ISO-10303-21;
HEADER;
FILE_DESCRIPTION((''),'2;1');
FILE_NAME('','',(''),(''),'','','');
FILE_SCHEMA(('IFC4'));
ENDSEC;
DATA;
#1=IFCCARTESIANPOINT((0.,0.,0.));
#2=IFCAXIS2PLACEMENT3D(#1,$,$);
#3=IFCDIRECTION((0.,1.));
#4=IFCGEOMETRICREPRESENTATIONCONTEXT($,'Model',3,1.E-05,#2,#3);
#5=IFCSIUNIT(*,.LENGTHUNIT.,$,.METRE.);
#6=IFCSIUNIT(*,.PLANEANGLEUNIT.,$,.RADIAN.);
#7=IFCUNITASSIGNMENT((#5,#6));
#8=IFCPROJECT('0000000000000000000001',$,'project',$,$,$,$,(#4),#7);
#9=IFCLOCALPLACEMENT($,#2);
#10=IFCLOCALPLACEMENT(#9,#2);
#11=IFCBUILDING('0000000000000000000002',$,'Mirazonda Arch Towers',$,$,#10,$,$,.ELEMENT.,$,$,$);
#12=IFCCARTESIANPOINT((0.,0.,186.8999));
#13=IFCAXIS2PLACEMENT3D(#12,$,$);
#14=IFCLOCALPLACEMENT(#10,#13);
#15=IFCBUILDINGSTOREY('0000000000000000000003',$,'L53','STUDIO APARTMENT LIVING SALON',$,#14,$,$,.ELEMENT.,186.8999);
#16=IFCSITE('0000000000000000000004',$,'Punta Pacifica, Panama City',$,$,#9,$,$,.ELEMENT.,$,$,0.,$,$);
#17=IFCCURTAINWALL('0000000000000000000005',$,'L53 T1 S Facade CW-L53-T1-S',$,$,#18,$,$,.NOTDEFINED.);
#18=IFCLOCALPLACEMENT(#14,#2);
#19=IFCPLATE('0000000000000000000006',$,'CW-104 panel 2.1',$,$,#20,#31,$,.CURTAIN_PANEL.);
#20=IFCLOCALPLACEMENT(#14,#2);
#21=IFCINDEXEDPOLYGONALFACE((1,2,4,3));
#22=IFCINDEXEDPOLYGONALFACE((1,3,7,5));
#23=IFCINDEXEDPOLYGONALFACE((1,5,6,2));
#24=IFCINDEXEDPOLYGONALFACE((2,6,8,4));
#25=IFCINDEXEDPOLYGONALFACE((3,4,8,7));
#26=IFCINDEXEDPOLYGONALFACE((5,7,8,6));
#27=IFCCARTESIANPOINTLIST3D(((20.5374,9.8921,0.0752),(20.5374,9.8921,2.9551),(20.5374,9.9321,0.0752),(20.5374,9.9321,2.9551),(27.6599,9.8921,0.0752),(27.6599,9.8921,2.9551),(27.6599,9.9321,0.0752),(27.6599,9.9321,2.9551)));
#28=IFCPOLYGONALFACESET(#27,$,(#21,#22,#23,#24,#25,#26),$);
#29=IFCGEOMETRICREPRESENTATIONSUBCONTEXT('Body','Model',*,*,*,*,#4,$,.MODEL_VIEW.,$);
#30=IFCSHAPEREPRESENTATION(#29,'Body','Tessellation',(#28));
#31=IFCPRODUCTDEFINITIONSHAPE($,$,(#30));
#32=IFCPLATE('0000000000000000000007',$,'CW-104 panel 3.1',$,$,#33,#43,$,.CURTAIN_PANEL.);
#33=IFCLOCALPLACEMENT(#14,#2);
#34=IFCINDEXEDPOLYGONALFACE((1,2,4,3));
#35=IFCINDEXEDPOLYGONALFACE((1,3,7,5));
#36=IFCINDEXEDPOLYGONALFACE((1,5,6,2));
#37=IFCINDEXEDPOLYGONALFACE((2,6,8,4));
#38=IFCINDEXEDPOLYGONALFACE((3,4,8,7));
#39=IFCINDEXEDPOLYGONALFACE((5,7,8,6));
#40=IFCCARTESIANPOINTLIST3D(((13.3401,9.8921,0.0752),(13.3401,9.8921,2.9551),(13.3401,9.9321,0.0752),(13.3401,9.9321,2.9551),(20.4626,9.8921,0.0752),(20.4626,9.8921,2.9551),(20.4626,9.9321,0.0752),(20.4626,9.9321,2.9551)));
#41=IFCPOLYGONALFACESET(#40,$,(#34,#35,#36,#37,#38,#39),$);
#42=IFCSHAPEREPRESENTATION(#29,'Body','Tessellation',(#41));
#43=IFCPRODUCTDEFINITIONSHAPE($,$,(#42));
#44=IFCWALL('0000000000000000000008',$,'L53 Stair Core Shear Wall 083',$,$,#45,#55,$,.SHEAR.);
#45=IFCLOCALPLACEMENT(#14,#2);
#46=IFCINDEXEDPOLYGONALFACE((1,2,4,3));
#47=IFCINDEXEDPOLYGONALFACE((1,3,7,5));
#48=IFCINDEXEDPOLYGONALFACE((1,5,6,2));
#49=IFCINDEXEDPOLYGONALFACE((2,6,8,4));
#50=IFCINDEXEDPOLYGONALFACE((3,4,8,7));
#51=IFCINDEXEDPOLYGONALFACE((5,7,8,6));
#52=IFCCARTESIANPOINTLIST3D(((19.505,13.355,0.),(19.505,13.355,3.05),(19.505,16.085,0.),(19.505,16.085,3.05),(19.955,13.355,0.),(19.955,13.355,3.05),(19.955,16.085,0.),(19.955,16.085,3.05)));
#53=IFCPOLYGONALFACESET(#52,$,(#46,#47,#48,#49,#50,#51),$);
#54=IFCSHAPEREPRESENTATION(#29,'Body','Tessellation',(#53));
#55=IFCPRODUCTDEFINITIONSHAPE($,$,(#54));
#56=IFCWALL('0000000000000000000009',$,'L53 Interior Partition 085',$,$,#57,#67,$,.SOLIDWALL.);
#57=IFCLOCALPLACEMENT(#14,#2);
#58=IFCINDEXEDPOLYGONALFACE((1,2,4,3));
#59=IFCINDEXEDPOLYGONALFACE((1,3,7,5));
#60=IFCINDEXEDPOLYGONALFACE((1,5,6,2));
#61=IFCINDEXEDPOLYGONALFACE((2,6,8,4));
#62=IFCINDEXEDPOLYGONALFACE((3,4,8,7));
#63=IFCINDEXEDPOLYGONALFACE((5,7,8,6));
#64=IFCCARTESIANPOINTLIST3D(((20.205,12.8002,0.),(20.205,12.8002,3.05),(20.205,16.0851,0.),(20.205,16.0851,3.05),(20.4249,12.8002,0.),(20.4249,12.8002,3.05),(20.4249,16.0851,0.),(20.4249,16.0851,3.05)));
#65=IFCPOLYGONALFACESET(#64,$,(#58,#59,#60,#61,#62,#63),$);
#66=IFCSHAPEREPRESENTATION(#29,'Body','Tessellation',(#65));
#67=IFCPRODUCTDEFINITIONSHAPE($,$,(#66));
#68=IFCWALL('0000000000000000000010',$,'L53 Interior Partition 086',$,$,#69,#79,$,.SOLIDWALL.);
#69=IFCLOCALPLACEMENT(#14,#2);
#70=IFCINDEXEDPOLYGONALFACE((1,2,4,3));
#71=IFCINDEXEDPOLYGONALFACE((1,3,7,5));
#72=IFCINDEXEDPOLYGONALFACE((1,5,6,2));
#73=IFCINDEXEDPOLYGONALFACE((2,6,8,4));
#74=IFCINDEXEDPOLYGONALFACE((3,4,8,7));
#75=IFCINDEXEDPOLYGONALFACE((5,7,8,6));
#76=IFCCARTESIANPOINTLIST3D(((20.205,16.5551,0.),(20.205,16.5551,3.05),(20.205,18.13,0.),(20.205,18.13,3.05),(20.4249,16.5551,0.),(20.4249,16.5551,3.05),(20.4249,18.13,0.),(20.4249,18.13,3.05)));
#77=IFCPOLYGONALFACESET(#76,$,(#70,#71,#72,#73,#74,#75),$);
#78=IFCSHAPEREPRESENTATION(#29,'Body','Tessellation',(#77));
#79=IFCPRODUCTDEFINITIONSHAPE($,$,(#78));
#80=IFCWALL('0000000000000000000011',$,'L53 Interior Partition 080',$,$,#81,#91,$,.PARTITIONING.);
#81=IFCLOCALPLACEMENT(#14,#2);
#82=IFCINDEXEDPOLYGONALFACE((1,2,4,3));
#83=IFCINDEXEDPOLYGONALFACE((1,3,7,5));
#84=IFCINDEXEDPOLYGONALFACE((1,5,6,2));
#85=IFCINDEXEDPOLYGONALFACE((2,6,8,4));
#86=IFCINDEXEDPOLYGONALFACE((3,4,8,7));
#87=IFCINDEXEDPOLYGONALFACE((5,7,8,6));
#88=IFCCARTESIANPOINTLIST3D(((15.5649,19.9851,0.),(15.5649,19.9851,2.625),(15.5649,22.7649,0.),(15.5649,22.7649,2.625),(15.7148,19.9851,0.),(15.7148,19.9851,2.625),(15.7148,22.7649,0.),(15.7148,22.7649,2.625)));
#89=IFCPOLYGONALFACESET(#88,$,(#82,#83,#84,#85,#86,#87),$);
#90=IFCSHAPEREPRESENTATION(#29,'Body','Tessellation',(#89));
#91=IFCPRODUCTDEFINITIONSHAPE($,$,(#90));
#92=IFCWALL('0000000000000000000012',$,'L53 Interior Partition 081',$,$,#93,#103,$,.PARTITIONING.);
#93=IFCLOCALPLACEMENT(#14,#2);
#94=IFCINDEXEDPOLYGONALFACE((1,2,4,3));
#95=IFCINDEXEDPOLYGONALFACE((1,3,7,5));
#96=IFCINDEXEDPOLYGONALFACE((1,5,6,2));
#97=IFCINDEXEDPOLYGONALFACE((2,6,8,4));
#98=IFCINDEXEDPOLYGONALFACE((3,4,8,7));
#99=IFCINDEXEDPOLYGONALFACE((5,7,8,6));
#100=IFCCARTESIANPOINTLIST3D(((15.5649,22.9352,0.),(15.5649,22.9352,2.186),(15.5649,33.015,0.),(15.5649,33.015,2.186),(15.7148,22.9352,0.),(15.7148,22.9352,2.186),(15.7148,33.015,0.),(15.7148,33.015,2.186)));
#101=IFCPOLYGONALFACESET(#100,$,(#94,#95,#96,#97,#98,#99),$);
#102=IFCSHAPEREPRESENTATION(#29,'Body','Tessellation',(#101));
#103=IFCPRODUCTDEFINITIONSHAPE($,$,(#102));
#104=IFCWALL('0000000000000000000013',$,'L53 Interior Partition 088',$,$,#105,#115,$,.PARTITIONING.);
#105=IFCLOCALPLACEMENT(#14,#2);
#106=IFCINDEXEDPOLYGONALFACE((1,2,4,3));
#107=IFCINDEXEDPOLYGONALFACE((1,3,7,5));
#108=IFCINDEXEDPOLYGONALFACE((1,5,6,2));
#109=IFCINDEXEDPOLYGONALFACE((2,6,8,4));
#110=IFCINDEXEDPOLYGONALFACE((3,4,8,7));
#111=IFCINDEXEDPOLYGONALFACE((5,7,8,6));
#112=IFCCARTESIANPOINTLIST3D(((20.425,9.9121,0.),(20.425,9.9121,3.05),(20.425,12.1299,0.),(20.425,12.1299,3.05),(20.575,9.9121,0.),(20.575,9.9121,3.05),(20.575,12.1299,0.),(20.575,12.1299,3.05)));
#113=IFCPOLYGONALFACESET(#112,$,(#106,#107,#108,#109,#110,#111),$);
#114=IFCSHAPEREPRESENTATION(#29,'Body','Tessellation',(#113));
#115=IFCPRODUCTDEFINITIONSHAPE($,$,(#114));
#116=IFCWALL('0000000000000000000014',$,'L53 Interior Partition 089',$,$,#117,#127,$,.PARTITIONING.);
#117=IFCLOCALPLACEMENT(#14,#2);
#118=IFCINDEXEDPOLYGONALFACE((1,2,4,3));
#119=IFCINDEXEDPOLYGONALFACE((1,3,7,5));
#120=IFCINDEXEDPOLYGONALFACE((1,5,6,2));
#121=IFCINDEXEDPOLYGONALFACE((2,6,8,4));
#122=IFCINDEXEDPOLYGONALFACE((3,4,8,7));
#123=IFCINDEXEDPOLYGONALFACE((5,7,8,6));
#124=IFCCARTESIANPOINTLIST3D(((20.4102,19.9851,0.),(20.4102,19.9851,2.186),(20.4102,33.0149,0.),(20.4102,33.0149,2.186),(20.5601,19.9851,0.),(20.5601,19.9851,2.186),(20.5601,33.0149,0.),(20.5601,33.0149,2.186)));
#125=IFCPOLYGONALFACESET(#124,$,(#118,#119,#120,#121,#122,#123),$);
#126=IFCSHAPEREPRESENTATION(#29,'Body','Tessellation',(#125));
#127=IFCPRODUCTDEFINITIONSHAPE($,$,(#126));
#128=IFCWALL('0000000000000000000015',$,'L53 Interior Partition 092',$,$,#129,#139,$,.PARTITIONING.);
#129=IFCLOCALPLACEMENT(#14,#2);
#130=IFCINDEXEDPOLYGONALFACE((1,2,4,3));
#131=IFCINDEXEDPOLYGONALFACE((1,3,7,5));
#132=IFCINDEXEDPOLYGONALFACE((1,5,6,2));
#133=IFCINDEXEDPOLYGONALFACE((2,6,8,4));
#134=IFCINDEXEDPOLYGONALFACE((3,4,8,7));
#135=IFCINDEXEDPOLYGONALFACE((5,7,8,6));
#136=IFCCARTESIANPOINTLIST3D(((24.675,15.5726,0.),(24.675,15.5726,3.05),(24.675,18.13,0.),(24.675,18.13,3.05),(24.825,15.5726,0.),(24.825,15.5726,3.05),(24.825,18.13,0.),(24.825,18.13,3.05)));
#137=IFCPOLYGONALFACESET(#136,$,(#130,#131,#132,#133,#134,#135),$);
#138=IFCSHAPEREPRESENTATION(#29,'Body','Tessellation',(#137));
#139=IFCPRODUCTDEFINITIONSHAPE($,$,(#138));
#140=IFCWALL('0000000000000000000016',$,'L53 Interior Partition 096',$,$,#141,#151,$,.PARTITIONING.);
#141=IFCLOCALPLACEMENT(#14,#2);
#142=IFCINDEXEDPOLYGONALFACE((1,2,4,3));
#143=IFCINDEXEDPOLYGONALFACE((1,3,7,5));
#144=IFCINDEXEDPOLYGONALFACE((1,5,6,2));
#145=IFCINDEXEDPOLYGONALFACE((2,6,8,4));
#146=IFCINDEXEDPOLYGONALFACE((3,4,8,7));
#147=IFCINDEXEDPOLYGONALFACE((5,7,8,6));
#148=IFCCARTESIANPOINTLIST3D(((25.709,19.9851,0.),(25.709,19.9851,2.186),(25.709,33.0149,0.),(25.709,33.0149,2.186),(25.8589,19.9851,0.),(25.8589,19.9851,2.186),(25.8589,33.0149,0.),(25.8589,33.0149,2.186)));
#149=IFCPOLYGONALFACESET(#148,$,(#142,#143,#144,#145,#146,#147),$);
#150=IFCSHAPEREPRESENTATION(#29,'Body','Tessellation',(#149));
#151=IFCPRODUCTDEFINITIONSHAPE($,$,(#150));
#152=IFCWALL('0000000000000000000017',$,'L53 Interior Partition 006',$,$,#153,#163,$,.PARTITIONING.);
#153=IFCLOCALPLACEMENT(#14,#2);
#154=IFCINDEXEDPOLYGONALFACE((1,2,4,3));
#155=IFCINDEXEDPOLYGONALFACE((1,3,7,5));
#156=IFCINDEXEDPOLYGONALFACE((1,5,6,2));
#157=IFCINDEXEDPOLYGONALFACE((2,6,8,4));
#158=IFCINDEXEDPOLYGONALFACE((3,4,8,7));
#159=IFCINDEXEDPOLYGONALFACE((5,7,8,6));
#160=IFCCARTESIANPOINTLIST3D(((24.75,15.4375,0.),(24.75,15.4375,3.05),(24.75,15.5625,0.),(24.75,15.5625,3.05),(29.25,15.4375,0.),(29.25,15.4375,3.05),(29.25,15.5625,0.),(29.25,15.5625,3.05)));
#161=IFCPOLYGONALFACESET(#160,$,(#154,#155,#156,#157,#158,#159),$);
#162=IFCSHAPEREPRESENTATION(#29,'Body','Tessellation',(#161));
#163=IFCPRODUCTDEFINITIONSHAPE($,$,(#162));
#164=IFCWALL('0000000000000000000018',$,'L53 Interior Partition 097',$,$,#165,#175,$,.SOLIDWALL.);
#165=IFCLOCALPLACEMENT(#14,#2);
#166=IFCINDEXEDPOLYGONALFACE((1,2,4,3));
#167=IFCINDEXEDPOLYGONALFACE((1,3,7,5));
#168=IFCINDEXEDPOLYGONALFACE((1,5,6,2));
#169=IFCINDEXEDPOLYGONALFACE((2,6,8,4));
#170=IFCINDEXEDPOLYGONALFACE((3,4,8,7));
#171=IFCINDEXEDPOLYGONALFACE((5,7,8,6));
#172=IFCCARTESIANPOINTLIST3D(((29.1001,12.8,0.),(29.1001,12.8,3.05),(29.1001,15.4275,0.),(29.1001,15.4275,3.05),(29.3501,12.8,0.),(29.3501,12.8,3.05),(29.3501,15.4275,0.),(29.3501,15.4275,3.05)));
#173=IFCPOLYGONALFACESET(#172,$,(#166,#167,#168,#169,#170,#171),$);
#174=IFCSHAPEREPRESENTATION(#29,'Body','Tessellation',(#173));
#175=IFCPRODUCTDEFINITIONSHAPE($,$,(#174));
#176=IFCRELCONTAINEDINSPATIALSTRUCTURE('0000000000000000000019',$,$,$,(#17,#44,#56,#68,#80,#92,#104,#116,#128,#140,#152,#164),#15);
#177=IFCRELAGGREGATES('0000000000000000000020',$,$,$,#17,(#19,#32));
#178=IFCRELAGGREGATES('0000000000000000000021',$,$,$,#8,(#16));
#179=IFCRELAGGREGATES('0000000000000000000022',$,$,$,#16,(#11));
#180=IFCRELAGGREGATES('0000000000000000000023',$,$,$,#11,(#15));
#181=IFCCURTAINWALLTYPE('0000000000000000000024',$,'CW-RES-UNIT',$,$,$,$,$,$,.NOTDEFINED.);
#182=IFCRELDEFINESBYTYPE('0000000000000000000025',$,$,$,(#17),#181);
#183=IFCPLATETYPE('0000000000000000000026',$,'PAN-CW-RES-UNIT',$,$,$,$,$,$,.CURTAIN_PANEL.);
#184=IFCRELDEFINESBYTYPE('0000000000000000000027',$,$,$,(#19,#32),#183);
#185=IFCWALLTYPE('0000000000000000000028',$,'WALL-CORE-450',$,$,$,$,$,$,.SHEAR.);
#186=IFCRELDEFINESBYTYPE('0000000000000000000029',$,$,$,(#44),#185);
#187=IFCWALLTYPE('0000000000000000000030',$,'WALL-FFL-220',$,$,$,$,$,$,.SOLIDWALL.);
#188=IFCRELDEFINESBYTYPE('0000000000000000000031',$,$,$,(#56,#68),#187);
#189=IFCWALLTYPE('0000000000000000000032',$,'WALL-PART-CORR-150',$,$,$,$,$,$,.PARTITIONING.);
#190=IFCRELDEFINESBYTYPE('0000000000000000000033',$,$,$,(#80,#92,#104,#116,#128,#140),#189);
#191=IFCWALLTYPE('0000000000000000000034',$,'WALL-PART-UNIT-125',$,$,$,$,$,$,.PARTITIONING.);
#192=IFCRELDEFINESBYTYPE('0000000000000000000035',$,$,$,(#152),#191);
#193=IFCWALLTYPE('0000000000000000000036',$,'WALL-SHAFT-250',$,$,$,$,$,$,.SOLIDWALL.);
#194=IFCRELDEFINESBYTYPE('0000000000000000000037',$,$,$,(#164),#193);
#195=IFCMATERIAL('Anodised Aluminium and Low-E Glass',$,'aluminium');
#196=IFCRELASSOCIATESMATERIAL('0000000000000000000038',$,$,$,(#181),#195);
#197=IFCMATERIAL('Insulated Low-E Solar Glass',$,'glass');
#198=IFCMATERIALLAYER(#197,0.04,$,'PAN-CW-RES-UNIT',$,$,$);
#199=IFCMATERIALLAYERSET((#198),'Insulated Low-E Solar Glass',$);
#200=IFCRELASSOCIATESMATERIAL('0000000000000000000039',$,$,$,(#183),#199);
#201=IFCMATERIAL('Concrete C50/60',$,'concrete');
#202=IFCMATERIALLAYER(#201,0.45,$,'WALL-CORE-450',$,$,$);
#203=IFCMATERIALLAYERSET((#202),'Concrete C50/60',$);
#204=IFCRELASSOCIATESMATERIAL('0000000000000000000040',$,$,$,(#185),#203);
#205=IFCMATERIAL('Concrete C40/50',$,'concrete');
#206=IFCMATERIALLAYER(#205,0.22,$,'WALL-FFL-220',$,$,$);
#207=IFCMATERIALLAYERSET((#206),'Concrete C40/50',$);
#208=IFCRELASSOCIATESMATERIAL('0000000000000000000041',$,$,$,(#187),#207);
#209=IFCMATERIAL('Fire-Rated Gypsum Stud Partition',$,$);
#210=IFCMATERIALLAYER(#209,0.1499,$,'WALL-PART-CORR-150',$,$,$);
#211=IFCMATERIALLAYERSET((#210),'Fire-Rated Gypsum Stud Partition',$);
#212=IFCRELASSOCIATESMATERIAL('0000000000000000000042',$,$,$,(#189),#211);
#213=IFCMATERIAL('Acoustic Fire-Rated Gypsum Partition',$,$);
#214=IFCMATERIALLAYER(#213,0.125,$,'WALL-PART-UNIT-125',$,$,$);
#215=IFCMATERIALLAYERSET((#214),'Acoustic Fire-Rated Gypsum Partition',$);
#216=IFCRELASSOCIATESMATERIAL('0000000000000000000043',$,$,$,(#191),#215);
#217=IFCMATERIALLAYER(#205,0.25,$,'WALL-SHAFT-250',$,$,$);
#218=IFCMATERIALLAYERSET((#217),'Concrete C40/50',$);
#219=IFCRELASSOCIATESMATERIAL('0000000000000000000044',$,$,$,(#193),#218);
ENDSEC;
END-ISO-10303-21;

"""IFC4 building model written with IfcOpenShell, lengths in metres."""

from ifc_helpers import new_model, si_unit, direction, frame, frame_2d, origin, origin_2d, place, context, subcontext, project, spatial, rectangle, extrude, material, layer, layer_set, type_object, element, aggregate, save


model = new_model("IFC4")

# Units and contexts
model_context = context("Model", 3, precision=1e-05, world=origin(), true_north=direction((0.0, 1.0)))
body_context = subcontext(model_context, "Body", "Model", "MODEL_VIEW")
ifc_project = project(units=[si_unit("LENGTHUNIT", "METRE"), si_unit("PLANEANGLEUNIT", "RADIAN")], contexts=[model_context])

# Site, building, storey
site_placement = place(None, origin())
site = spatial("IfcSite", under=ifc_project, at=site_placement, Name="Punta Pacifica, Panama City", CompositionType="ELEMENT", RefElevation=0.0)
building_placement = place(site_placement, origin())
building = spatial("IfcBuilding", under=site, at=building_placement, Name="Mirazonda Arch Towers", CompositionType="ELEMENT")
storey_placement = place(building_placement, frame((0.0, 0.0, 186.8999)))
storey = spatial("IfcBuildingStorey", under=building, at=storey_placement, Name="L53", Description="STUDIO APARTMENT LIVING SALON", CompositionType="ELEMENT", Elevation=186.8999)

# Shared definitions
ifc_material_1 = material(Name="Concrete C50/60", Category="concrete")

# Curtain wall, plates
ifc_material_2 = material(Name="Anodised Aluminium and Low-E Glass", Category="aluminium")
curtain_wall_type = type_object("IfcCurtainWallType", Name="CW-RES-UNIT", PredefinedType="NOTDEFINED", material=ifc_material_2)
curtain_wall_placement = place(storey_placement, origin())
curtain_wall = element("IfcCurtainWall", 1, at=curtain_wall_placement, inside=storey, type_object=curtain_wall_type, Name="L53 T1 S Facade CW-L53-T1-S", PredefinedType="NOTDEFINED")
ifc_material_3 = material(Name="Insulated Low-E Solar Glass", Category="glass")
ifc_layer_1 = layer(ifc_material_3, 0.04, Name="PAN-CW-RES-UNIT")
ifc_layer_set_1 = layer_set([ifc_layer_1], Name="Insulated Low-E Solar Glass")
plate_type = type_object("IfcPlateType", Name="PAN-CW-RES-UNIT", PredefinedType="CURTAIN_PANEL", material=ifc_layer_set_1)
plate_1_placement = place(storey_placement, frame((24.0986, 9.9121, 0.0752), z_axis=(0.0, 0.0, 1.0), x_axis=(-1.0, 0.0, 0.0)))
plate_1 = element("IfcPlate", 2, at=plate_1_placement, type_object=plate_type, Name="CW-104 panel 2.1", PredefinedType="CURTAIN_PANEL", context=body_context, shape_type="SweptSolid", body=[
    extrude(rectangle(XDim=7.1226, YDim=0.04, at=origin_2d()), origin(), (0.0, 0.0, 1.0), 2.8799),
])
plate_2_placement = place(storey_placement, frame((16.9014, 9.9121, 0.0752), z_axis=(0.0, 0.0, 1.0), x_axis=(-1.0, 0.0, 0.0)))
plate_2 = element("IfcPlate", 3, at=plate_2_placement, type_object=plate_type, Name="CW-104 panel 3.1", PredefinedType="CURTAIN_PANEL", context=body_context, shape_type="SweptSolid", body=[
    extrude(rectangle(XDim=7.1226, YDim=0.04, at=origin_2d()), origin(), (0.0, 0.0, 1.0), 2.8799),
])
aggregate(curtain_wall, [plate_1, plate_2])

# Walls
ifc_layer_2 = layer(ifc_material_1, 0.45, Name="WALL-CORE-450")
ifc_layer_set_2 = layer_set([ifc_layer_2], Name="Concrete C50/60")
wall_type_1 = type_object("IfcWallType", Name="WALL-CORE-450", PredefinedType="SHEAR", material=ifc_layer_set_2)
wall_1_placement = place(storey_placement, frame((19.73, 13.355, 0.0), z_axis=(0.0, 0.0, 1.0), x_axis=(0.0, 1.0, 0.0)))
element("IfcWall", 4, at=wall_1_placement, inside=storey, type_object=wall_type_1, Name="L53 Stair Core Shear Wall 083", PredefinedType="SHEAR", context=body_context, shape_type="SweptSolid", body=[
    extrude(rectangle(XDim=2.73, YDim=0.45, at=frame_2d((1.365, 0.0))), origin(), (0.0, 0.0, 1.0), 3.05),
])
ifc_material_4 = material(Name="Concrete C40/50", Category="concrete")
ifc_layer_3 = layer(ifc_material_4, 0.22, Name="WALL-FFL-220")
ifc_layer_set_3 = layer_set([ifc_layer_3], Name="Concrete C40/50")
wall_type_2 = type_object("IfcWallType", Name="WALL-FFL-220", PredefinedType="SOLIDWALL", material=ifc_layer_set_3)
wall_2_placement = place(storey_placement, frame((20.3149, 12.8, 0.0), z_axis=(0.0, 0.0, 1.0), x_axis=(0.0, 1.0, 0.0)))
element("IfcWall", 5, at=wall_2_placement, inside=storey, type_object=wall_type_2, Name="L53 Interior Partition 085", PredefinedType="SOLIDWALL", context=body_context, shape_type="SweptSolid", body=[
    extrude(rectangle(XDim=3.2849, YDim=0.22, at=frame_2d((1.6426, 0.0))), origin(), (0.0, 0.0, 1.0), 3.05),
])
wall_3_placement = place(storey_placement, frame((20.3149, 16.5549, 0.0), z_axis=(0.0, 0.0, 1.0), x_axis=(0.0, 1.0, 0.0)))
element("IfcWall", 6, at=wall_3_placement, inside=storey, type_object=wall_type_2, Name="L53 Interior Partition 086", PredefinedType="SOLIDWALL", context=body_context, shape_type="SweptSolid", body=[
    extrude(rectangle(XDim=1.575, YDim=0.22, at=frame_2d((0.7876, 0.0))), origin(), (0.0, 0.0, 1.0), 3.05),
])
ifc_material_5 = material(Name="Fire-Rated Gypsum Stud Partition")
ifc_layer_4 = layer(ifc_material_5, 0.1499, Name="WALL-PART-CORR-150")
ifc_layer_set_4 = layer_set([ifc_layer_4], Name="Fire-Rated Gypsum Stud Partition")
wall_type_3 = type_object("IfcWallType", Name="WALL-PART-CORR-150", PredefinedType="PARTITIONING", material=ifc_layer_set_4)
wall_4_placement = place(storey_placement, frame((15.6399, 19.9851, 0.0), z_axis=(0.0, 0.0, 1.0), x_axis=(0.0, 1.0, 0.0)))
element("IfcWall", 7, at=wall_4_placement, inside=storey, type_object=wall_type_3, Name="L53 Interior Partition 080", PredefinedType="PARTITIONING", context=body_context, shape_type="SweptSolid", body=[
    extrude(rectangle(XDim=2.7798, YDim=0.1499, at=frame_2d((1.3899, 0.0))), origin(), (0.0, 0.0, 1.0), 2.625),
])
wall_5_placement = place(storey_placement, frame((15.6399, 22.9351, 0.0), z_axis=(0.0, 0.0, 1.0), x_axis=(0.0, 1.0, 0.0)))
element("IfcWall", 8, at=wall_5_placement, inside=storey, type_object=wall_type_3, Name="L53 Interior Partition 081", PredefinedType="PARTITIONING", context=body_context, shape_type="SweptSolid", body=[
    extrude(rectangle(XDim=10.0798, YDim=0.1499, at=frame_2d((5.04, 0.0))), origin(), (0.0, 0.0, 1.0), 2.186),
])
wall_6_placement = place(storey_placement, frame((20.5, 9.9121, 0.0), z_axis=(0.0, 0.0, 1.0), x_axis=(0.0, 1.0, 0.0)))
element("IfcWall", 9, at=wall_6_placement, inside=storey, type_object=wall_type_3, Name="L53 Interior Partition 088", PredefinedType="PARTITIONING", context=body_context, shape_type="SweptSolid", body=[
    extrude(rectangle(XDim=2.2178, YDim=0.1499, at=frame_2d((1.1089, 0.0))), origin(), (0.0, 0.0, 1.0), 3.05),
])
wall_7_placement = place(storey_placement, frame((20.4851, 19.9851, 0.0), z_axis=(0.0, 0.0, 1.0), x_axis=(0.0, 1.0, 0.0)))
element("IfcWall", 10, at=wall_7_placement, inside=storey, type_object=wall_type_3, Name="L53 Interior Partition 089", PredefinedType="PARTITIONING", context=body_context, shape_type="SweptSolid", body=[
    extrude(rectangle(XDim=13.0298, YDim=0.1499, at=frame_2d((6.5149, 0.0))), origin(), (0.0, 0.0, 1.0), 2.186),
])

# Walls
wall_8_placement = place(storey_placement, frame((24.75, 15.5725, 0.0), z_axis=(0.0, 0.0, 1.0), x_axis=(0.0, 1.0, 0.0)))
element("IfcWall", 11, at=wall_8_placement, inside=storey, type_object=wall_type_3, Name="L53 Interior Partition 092", PredefinedType="PARTITIONING", context=body_context, shape_type="SweptSolid", body=[
    extrude(rectangle(XDim=2.5574, YDim=0.1499, at=frame_2d((1.2788, 0.0))), origin(), (0.0, 0.0, 1.0), 3.05),
])
wall_9_placement = place(storey_placement, frame((25.7839, 19.9851, 0.0), z_axis=(0.0, 0.0, 1.0), x_axis=(0.0, 1.0, 0.0)))
element("IfcWall", 12, at=wall_9_placement, inside=storey, type_object=wall_type_3, Name="L53 Interior Partition 096", PredefinedType="PARTITIONING", context=body_context, shape_type="SweptSolid", body=[
    extrude(rectangle(XDim=13.0298, YDim=0.1499, at=frame_2d((6.5149, 0.0))), origin(), (0.0, 0.0, 1.0), 2.186),
])
ifc_material_6 = material(Name="Acoustic Fire-Rated Gypsum Partition")
ifc_layer_5 = layer(ifc_material_6, 0.125, Name="WALL-PART-UNIT-125")
ifc_layer_set_5 = layer_set([ifc_layer_5], Name="Acoustic Fire-Rated Gypsum Partition")
wall_type_4 = type_object("IfcWallType", Name="WALL-PART-UNIT-125", PredefinedType="PARTITIONING", material=ifc_layer_set_5)
wall_10_placement = place(storey_placement, frame((24.75, 15.5, 0.0), z_axis=(0.0, 0.0, 1.0), x_axis=(1.0, 0.0, 0.0)))
element("IfcWall", 13, at=wall_10_placement, inside=storey, type_object=wall_type_4, Name="L53 Interior Partition 006", PredefinedType="PARTITIONING", context=body_context, shape_type="SweptSolid", body=[
    extrude(rectangle(XDim=4.5, YDim=0.125, at=frame_2d((2.25, 0.0))), origin(), (0.0, 0.0, 1.0), 3.05),
])
ifc_layer_6 = layer(ifc_material_4, 0.25, Name="WALL-SHAFT-250")
ifc_layer_set_6 = layer_set([ifc_layer_6], Name="Concrete C40/50")
wall_type_5 = type_object("IfcWallType", Name="WALL-SHAFT-250", PredefinedType="SOLIDWALL", material=ifc_layer_set_6)
wall_11_placement = place(storey_placement, frame((29.2251, 12.8, 0.0), z_axis=(0.0, 0.0, 1.0), x_axis=(0.0, 1.0, 0.0)))
element("IfcWall", 14, at=wall_11_placement, inside=storey, type_object=wall_type_5, Name="L53 Interior Partition 097", PredefinedType="SOLIDWALL", context=body_context, shape_type="SweptSolid", body=[
    extrude(rectangle(XDim=2.6274, YDim=0.25, at=frame_2d((1.3137, 0.0))), origin(), (0.0, 0.0, 1.0), 3.05),
])

save(model, "model.ifc")
